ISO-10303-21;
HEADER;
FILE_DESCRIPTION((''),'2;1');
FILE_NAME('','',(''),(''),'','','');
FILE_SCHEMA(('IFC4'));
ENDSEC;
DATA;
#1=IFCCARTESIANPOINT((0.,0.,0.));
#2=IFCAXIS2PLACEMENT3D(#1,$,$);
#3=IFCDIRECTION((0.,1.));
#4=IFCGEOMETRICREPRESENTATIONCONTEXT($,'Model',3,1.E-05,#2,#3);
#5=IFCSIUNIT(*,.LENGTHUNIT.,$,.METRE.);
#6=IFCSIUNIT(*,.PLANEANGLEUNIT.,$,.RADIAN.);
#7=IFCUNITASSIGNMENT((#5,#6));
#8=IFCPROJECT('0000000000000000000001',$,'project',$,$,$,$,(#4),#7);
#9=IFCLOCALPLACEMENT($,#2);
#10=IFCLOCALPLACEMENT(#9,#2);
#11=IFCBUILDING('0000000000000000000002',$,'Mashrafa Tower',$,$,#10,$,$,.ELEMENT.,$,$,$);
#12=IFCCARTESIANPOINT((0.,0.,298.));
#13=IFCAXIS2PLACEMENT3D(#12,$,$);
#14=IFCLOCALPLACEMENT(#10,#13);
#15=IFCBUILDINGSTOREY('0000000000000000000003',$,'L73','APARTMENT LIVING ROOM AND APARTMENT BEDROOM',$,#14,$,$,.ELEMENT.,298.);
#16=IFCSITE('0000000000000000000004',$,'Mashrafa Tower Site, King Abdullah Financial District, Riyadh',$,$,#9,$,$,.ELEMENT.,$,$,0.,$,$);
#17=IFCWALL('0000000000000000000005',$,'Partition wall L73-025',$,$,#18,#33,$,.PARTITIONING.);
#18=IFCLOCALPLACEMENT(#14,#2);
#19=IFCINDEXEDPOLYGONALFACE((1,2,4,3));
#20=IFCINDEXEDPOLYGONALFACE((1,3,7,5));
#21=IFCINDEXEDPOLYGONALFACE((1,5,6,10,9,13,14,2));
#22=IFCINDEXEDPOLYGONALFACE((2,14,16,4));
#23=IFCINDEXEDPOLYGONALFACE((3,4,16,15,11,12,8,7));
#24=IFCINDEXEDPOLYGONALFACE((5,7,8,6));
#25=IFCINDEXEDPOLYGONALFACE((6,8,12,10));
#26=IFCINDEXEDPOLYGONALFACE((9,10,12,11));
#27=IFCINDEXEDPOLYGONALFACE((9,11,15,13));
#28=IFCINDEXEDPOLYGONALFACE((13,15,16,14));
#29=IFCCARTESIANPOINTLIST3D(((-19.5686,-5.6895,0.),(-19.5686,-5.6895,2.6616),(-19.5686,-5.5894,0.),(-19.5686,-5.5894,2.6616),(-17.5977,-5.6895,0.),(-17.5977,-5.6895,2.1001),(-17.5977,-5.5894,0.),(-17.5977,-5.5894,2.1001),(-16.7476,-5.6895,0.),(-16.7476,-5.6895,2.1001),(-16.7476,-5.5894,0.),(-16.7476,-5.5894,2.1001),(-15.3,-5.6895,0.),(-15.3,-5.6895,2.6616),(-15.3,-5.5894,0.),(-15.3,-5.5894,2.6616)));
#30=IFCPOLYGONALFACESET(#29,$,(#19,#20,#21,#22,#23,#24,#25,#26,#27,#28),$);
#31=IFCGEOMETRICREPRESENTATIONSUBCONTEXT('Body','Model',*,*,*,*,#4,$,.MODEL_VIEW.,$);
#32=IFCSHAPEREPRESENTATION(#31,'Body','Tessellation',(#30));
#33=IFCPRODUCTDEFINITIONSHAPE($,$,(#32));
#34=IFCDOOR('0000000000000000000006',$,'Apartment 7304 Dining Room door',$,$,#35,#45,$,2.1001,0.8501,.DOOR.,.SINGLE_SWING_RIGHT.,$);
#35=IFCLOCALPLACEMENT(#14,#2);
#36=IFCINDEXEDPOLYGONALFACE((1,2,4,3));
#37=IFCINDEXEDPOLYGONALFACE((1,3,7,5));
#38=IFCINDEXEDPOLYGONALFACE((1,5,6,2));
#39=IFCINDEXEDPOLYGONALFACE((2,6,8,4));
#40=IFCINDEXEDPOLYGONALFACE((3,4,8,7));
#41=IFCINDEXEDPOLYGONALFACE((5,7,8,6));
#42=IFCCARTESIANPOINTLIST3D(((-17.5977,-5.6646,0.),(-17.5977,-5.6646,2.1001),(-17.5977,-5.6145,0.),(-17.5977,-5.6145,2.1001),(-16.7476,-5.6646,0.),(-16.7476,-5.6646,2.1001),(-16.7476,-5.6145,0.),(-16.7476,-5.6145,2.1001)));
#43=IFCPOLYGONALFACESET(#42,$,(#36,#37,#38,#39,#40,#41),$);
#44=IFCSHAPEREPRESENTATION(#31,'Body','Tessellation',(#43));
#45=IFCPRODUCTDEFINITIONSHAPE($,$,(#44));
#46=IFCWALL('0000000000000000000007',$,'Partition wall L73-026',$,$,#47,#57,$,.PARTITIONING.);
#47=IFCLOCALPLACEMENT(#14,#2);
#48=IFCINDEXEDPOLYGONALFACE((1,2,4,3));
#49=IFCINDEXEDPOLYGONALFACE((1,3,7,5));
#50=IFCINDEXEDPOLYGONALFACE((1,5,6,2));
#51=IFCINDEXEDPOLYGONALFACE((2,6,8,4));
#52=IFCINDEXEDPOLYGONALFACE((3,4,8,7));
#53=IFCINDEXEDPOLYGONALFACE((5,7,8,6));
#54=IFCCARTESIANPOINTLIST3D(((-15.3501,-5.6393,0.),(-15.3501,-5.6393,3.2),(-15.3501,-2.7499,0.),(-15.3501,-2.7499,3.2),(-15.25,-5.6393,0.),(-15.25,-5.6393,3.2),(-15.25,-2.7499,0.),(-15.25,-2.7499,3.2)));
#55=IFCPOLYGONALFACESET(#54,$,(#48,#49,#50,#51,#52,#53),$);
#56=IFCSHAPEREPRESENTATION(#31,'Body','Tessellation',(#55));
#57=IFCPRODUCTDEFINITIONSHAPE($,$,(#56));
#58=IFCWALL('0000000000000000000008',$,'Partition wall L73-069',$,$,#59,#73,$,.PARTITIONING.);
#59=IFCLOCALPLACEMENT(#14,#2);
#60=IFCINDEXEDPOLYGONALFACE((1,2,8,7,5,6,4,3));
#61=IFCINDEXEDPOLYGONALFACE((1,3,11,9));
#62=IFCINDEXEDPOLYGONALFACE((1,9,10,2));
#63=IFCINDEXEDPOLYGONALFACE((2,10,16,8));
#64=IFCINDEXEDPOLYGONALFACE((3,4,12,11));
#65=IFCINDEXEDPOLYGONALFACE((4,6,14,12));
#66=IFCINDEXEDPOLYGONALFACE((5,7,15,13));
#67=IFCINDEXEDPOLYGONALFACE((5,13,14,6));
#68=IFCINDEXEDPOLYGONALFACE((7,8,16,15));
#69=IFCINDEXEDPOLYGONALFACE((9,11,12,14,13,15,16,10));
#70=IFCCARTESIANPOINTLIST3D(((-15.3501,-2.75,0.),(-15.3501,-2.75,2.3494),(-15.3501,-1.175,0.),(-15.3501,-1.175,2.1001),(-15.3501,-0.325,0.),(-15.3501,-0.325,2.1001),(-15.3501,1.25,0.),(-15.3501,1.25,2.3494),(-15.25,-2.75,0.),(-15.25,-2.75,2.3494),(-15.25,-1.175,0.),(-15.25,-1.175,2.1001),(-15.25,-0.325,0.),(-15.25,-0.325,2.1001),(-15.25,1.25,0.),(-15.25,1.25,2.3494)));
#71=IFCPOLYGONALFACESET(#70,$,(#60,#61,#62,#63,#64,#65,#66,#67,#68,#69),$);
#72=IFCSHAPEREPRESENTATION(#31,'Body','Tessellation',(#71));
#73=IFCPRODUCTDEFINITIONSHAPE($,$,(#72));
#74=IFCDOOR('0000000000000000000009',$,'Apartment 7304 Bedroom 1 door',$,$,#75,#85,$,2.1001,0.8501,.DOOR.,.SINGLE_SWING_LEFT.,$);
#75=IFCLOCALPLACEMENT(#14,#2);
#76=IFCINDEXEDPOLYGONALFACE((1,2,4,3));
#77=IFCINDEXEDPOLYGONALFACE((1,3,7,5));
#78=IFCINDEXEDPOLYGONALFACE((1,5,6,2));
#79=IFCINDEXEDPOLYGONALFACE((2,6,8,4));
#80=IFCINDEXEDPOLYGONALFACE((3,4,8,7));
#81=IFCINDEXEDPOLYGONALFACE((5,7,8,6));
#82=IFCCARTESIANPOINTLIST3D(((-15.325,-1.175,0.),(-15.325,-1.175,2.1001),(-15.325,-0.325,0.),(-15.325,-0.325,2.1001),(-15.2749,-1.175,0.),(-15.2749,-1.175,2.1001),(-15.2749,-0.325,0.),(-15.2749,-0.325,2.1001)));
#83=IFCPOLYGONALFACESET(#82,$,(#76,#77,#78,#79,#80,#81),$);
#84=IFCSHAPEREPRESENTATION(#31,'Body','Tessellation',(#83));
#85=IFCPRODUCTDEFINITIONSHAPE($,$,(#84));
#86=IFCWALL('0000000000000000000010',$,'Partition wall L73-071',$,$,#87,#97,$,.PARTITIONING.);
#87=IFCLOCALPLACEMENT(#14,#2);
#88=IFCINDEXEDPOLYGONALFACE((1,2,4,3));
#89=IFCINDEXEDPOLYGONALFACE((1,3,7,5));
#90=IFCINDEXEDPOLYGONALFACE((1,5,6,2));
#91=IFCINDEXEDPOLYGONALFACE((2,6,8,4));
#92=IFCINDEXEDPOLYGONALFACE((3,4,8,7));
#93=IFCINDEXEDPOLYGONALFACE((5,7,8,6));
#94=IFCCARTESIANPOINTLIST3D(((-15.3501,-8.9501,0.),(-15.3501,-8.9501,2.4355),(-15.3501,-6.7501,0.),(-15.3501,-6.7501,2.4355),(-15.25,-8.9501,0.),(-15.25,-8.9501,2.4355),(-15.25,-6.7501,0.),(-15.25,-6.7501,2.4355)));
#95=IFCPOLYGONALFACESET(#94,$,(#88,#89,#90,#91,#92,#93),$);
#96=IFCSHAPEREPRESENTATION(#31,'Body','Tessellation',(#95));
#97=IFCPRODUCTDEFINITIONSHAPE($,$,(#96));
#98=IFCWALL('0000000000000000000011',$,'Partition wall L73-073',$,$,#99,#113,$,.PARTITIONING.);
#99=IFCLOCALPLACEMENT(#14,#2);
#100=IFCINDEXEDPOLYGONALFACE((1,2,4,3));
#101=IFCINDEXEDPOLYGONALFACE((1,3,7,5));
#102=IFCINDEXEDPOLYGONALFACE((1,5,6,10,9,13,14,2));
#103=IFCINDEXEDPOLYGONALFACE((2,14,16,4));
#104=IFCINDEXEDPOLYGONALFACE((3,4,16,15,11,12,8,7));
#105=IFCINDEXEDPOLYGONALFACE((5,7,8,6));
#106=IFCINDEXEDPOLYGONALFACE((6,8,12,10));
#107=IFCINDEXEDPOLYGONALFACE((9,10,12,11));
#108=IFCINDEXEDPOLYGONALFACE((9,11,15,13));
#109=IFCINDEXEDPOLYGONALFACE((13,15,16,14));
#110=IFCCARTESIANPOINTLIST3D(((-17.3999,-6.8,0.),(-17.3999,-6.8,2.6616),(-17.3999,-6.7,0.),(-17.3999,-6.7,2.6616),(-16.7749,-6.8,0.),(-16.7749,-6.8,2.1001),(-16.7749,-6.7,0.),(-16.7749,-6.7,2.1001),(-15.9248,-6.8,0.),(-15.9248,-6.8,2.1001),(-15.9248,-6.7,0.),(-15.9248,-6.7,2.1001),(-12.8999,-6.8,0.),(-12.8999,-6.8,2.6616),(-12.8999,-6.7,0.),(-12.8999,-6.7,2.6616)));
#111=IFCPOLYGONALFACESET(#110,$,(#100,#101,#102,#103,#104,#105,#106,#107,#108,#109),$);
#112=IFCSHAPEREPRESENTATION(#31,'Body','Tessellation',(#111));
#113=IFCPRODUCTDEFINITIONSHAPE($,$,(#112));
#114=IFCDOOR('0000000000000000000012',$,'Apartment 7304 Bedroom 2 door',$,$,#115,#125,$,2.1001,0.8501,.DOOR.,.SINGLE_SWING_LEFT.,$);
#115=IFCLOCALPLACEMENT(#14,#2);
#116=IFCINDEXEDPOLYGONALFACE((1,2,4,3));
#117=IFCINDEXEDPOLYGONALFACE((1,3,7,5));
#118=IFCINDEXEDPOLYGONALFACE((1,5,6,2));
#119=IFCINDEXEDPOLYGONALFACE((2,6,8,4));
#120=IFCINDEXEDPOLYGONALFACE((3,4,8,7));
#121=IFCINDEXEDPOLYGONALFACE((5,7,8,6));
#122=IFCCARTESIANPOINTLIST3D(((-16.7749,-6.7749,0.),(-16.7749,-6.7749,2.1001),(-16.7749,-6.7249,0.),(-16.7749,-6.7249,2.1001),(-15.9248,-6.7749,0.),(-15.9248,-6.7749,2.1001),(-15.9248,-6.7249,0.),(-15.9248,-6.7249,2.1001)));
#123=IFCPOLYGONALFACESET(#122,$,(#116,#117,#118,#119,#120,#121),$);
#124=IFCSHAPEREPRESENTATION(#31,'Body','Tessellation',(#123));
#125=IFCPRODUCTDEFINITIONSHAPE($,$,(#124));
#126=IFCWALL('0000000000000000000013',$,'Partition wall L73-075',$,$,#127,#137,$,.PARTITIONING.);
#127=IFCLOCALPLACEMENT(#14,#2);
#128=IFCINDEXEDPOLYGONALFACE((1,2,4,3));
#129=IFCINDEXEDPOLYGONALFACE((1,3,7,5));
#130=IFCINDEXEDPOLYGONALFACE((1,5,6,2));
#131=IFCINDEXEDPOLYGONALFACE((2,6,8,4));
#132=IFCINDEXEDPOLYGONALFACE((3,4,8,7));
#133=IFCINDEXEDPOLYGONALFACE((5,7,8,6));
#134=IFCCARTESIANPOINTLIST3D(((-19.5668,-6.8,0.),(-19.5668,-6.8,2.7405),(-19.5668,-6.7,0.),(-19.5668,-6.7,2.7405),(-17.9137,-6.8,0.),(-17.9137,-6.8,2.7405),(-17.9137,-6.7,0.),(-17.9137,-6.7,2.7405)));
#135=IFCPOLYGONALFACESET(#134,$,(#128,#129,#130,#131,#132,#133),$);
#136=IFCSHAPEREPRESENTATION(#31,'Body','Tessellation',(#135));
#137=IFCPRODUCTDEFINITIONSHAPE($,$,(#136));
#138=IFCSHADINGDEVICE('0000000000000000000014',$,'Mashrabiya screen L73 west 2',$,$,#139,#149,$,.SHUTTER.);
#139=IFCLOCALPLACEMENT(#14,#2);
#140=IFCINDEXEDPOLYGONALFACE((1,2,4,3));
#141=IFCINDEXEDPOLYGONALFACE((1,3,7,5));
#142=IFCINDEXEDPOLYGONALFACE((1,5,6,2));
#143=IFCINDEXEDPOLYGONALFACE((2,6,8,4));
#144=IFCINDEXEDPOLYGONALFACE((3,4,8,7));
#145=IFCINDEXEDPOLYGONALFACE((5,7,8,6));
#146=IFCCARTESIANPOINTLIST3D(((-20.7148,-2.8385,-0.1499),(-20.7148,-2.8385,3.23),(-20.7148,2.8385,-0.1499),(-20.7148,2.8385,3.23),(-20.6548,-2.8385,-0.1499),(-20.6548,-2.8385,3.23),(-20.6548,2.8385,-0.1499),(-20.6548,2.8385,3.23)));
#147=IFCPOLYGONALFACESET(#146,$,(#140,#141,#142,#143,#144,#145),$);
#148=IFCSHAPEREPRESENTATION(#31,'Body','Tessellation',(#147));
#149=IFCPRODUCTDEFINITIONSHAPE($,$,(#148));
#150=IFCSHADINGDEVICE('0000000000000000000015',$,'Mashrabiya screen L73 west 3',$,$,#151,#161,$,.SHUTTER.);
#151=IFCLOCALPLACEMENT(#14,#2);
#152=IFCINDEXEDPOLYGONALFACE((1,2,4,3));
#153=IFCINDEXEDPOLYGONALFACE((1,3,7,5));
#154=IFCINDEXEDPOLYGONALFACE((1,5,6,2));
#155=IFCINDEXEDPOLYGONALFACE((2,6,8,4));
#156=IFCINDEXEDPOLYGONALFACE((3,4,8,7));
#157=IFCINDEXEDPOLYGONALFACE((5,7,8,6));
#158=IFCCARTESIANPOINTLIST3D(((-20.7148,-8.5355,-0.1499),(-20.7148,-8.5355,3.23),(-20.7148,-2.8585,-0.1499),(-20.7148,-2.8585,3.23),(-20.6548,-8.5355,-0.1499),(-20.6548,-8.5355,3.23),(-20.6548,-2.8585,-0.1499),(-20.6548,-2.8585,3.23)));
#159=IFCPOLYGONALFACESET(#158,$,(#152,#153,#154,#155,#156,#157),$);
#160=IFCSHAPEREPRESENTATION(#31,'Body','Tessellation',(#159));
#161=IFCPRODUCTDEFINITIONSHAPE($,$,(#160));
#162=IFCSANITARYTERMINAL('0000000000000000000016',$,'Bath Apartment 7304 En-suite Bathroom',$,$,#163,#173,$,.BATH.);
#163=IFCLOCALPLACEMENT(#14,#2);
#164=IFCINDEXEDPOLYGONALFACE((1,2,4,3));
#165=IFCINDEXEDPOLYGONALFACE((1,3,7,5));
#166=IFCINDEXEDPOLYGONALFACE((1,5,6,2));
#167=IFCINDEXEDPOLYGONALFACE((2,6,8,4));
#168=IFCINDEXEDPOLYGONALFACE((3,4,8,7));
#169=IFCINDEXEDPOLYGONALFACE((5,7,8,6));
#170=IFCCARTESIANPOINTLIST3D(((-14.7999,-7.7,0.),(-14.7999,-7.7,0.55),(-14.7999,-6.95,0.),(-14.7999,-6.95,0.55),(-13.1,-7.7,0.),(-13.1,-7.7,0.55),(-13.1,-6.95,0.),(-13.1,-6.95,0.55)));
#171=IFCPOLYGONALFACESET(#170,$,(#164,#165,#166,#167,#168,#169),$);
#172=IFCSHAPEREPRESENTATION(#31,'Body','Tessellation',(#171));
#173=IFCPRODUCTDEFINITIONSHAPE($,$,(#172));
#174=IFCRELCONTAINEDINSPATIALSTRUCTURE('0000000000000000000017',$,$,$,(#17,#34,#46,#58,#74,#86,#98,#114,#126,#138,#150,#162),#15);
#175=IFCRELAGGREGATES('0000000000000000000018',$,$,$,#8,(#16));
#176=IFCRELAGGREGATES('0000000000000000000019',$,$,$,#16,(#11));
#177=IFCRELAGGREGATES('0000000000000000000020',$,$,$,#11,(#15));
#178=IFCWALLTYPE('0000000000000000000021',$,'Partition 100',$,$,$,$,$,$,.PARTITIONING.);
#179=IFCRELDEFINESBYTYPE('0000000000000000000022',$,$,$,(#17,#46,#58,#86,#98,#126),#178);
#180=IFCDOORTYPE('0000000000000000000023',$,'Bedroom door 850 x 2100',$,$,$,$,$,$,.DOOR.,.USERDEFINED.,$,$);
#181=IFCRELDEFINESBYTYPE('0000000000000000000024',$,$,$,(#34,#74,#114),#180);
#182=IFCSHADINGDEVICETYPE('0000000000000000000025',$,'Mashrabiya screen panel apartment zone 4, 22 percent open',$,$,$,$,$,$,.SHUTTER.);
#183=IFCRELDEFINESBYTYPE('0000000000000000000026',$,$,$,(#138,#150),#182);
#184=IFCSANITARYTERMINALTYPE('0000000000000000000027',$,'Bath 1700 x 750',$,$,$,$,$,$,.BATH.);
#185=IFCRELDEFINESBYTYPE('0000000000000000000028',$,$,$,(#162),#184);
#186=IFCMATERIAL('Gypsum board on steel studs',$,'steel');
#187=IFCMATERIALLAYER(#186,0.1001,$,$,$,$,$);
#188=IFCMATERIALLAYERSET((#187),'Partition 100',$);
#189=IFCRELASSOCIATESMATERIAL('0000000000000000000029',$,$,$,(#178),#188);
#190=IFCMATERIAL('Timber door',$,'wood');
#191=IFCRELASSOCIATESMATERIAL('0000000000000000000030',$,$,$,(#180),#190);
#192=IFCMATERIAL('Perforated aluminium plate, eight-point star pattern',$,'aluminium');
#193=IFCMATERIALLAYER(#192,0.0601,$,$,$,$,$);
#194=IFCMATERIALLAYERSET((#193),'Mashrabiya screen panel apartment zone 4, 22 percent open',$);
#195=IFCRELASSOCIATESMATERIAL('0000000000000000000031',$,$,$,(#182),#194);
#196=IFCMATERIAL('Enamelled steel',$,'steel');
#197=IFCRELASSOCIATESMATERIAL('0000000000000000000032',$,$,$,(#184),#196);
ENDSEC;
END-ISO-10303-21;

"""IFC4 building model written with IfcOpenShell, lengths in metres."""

from ifc_helpers import new_model, si_unit, direction, frame, frame_2d, origin, origin_2d, place, context, subcontext, project, spatial, rectangle, extrude, source, transform, mapped, material, layer, layer_set, type_object, type_shapes, element, fill, save


model = new_model("IFC4")

# Units and contexts
model_context = context("Model", 3, precision=1e-05, world=origin(), true_north=direction((0.0, 1.0)))
body_context = subcontext(model_context, "Body", "Model", "MODEL_VIEW")
ifc_project = project(units=[si_unit("LENGTHUNIT", "METRE"), si_unit("PLANEANGLEUNIT", "RADIAN")], contexts=[model_context])

# Site, building, storey
site_placement = place(None, origin())
site = spatial("IfcSite", under=ifc_project, at=site_placement, Name="Mashrafa Tower Site, King Abdullah Financial District, Riyadh", CompositionType="ELEMENT", RefElevation=0.0)
building_placement = place(site_placement, origin())
building = spatial("IfcBuilding", under=site, at=building_placement, Name="Mashrafa Tower", CompositionType="ELEMENT")
storey_placement = place(building_placement, frame((0.0, 0.0, 298.0)))
storey = spatial("IfcBuildingStorey", under=building, at=storey_placement, Name="L73", Description="APARTMENT LIVING ROOM AND APARTMENT BEDROOM", CompositionType="ELEMENT", Elevation=298.0)

# Shared definitions
ifc_material_1 = material(Name="Gypsum board on steel studs", Category="steel")
ifc_layer_1 = layer(ifc_material_1, 0.1001)
ifc_layer_set_1 = layer_set([ifc_layer_1], Name="Partition 100")
wall_type_1 = type_object("IfcWallType", Name="Partition 100", PredefinedType="PARTITIONING", material=ifc_layer_set_1)

# Wall, opening, door
wall_1_placement = place(storey_placement, frame((-19.5686, -5.6394, 0.0), z_axis=(0.0, 0.0, 1.0), x_axis=(1.0, 0.0, 0.0)))
wall_1 = element("IfcWall", 1, at=wall_1_placement, inside=storey, type_object=wall_type_1, Name="Partition wall L73-025", PredefinedType="PARTITIONING", context=body_context, shape_type="SweptSolid", body=[
    extrude(rectangle(XDim=4.2686, YDim=0.1001, at=frame_2d((2.1343, 0.0))), origin(), (0.0, 0.0, 1.0), 2.6616),
])
opening_1_placement = place(wall_1_placement, frame((1.9709, 0.0, 0.0)))
opening_1 = element("IfcOpeningElement", 2, at=opening_1_placement, cuts=wall_1, PredefinedType="OPENING", context=body_context, shape_type="SweptSolid", body=[
    extrude(rectangle(XDim=0.8501, YDim=2.1001, at=frame_2d((0.425, 1.05))), frame((0.0, 0.0601, 0.0), z_axis=(0.0, -1.0, 0.0), x_axis=(1.0, 0.0, 0.0)), (0.0, 0.0, 1.0), 0.1201),
])
ifc_material_2 = material(Name="Timber door", Category="wood")
door_type = type_object("IfcDoorType", Name="Bedroom door 850 x 2100", OperationType="USERDEFINED", PredefinedType="DOOR", material=ifc_material_2)
door_1_placement = place(opening_1_placement, origin())
door_1 = element("IfcDoor", 3, at=door_1_placement, inside=storey, type_object=door_type, Name="Apartment 7304 Dining Room door", OperationType="SINGLE_SWING_RIGHT", OverallHeight=2.1001, OverallWidth=0.8501, PredefinedType="DOOR", context=body_context, shape_type="SweptSolid", body=[
    extrude(rectangle(XDim=0.8501, YDim=2.1001, at=frame_2d((0.425, 1.05))), frame((0.0, 0.0249, 0.0), z_axis=(0.0, -1.0, 0.0), x_axis=(1.0, 0.0, 0.0)), (0.0, 0.0, 1.0), 0.05),
])
fill(opening_1, door_1)

# Wall
wall_2_placement = place(storey_placement, frame((-15.3, -5.6394, 0.0), z_axis=(0.0, 0.0, 1.0), x_axis=(0.0, 1.0, 0.0)))
element("IfcWall", 4, at=wall_2_placement, inside=storey, type_object=wall_type_1, Name="Partition wall L73-026", PredefinedType="PARTITIONING", context=body_context, shape_type="SweptSolid", body=[
    extrude(rectangle(XDim=2.8894, YDim=0.1001, at=frame_2d((1.4448, 0.0))), origin(), (0.0, 0.0, 1.0), 3.2),
])

# Wall, opening, door
wall_3_placement = place(storey_placement, frame((-15.3, -2.75, 0.0), z_axis=(0.0, 0.0, 1.0), x_axis=(0.0, 1.0, 0.0)))
wall_3 = element("IfcWall", 5, at=wall_3_placement, inside=storey, type_object=wall_type_1, Name="Partition wall L73-069", PredefinedType="PARTITIONING", context=body_context, shape_type="SweptSolid", body=[
    extrude(rectangle(XDim=4.0, YDim=0.1001, at=frame_2d((2.0, 0.0))), origin(), (0.0, 0.0, 1.0), 2.3494),
])
opening_2_placement = place(wall_3_placement, frame((1.575, 0.0, 0.0)))
opening_2 = element("IfcOpeningElement", 6, at=opening_2_placement, cuts=wall_3, PredefinedType="OPENING", context=body_context, shape_type="SweptSolid", body=[
    extrude(rectangle(XDim=0.8501, YDim=2.1001, at=frame_2d((0.425, 1.05))), frame((0.0, 0.0601, 0.0), z_axis=(0.0, -1.0, 0.0), x_axis=(1.0, 0.0, 0.0)), (0.0, 0.0, 1.0), 0.1201),
])
door_2_placement = place(opening_2_placement, origin())
door_2 = element("IfcDoor", 7, at=door_2_placement, inside=storey, type_object=door_type, Name="Apartment 7304 Bedroom 1 door", OperationType="SINGLE_SWING_LEFT", OverallHeight=2.1001, OverallWidth=0.8501, PredefinedType="DOOR", context=body_context, shape_type="SweptSolid", body=[
    extrude(rectangle(XDim=0.8501, YDim=2.1001, at=frame_2d((0.425, 1.05))), frame((0.0, 0.0249, 0.0), z_axis=(0.0, -1.0, 0.0), x_axis=(1.0, 0.0, 0.0)), (0.0, 0.0, 1.0), 0.05),
])
fill(opening_2, door_2)

# Wall
wall_4_placement = place(storey_placement, frame((-15.3, -6.75, 0.0), z_axis=(0.0, 0.0, 1.0), x_axis=(0.0, -1.0, 0.0)))
element("IfcWall", 8, at=wall_4_placement, inside=storey, type_object=wall_type_1, Name="Partition wall L73-071", PredefinedType="PARTITIONING", context=body_context, shape_type="SweptSolid", body=[
    extrude(rectangle(XDim=2.2, YDim=0.1001, at=frame_2d((1.1001, 0.0))), origin(), (0.0, 0.0, 1.0), 2.4355),
])

# Wall, opening, door
wall_5_placement = place(storey_placement, frame((-12.8999, -6.75, 0.0), z_axis=(0.0, 0.0, 1.0), x_axis=(-1.0, 0.0, 0.0)))
wall_5 = element("IfcWall", 9, at=wall_5_placement, inside=storey, type_object=wall_type_1, Name="Partition wall L73-073", PredefinedType="PARTITIONING", context=body_context, shape_type="SweptSolid", body=[
    extrude(rectangle(XDim=4.5, YDim=0.1001, at=frame_2d((2.25, 0.0))), origin(), (0.0, 0.0, 1.0), 2.6616),
])
opening_3_placement = place(wall_5_placement, frame((3.0249, 0.0, 0.0)))
opening_3 = element("IfcOpeningElement", 10, at=opening_3_placement, cuts=wall_5, PredefinedType="OPENING", context=body_context, shape_type="SweptSolid", body=[
    extrude(rectangle(XDim=0.8501, YDim=2.1001, at=frame_2d((0.425, 1.05))), frame((0.0, 0.0601, 0.0), z_axis=(0.0, -1.0, 0.0), x_axis=(1.0, 0.0, 0.0)), (0.0, 0.0, 1.0), 0.1201),
])
door_3_placement = place(opening_3_placement, origin())
door_3 = element("IfcDoor", 11, at=door_3_placement, inside=storey, type_object=door_type, Name="Apartment 7304 Bedroom 2 door", OperationType="SINGLE_SWING_LEFT", OverallHeight=2.1001, OverallWidth=0.8501, PredefinedType="DOOR", context=body_context, shape_type="SweptSolid", body=[
    extrude(rectangle(XDim=0.8501, YDim=2.1001, at=frame_2d((0.425, 1.05))), frame((0.0, 0.0249, 0.0), z_axis=(0.0, -1.0, 0.0), x_axis=(1.0, 0.0, 0.0)), (0.0, 0.0, 1.0), 0.05),
])
fill(opening_3, door_3)

# Wall
wall_6_placement = place(storey_placement, frame((-17.9136, -6.75, 0.0), z_axis=(0.0, 0.0, 1.0), x_axis=(-1.0, 0.0, 0.0)))
element("IfcWall", 12, at=wall_6_placement, inside=storey, type_object=wall_type_1, Name="Partition wall L73-075", PredefinedType="PARTITIONING", context=body_context, shape_type="SweptSolid", body=[
    extrude(rectangle(XDim=1.6531, YDim=0.1001, at=frame_2d((0.8267, 0.0))), origin(), (0.0, 0.0, 1.0), 2.7405),
])

# Shading devices
ifc_material_3 = material(Name="Perforated aluminium plate, eight-point star pattern", Category="aluminium")
ifc_layer_2 = layer(ifc_material_3, 0.0601)
ifc_layer_set_2 = layer_set([ifc_layer_2], Name="Mashrabiya screen panel apartment zone 4, 22 percent open")
shading_device_type = type_object("IfcShadingDeviceType", Name="Mashrabiya screen panel apartment zone 4, 22 percent open", PredefinedType="SHUTTER", material=ifc_layer_set_2)
shared_shape_1 = source(origin(), body_context, "Body", "SweptSolid", [
    extrude(rectangle(XDim=5.677, YDim=0.0601, at=origin_2d()), origin(), (0.0, 0.0, 1.0), 3.3799),
])
type_shapes(shading_device_type, [shared_shape_1])
for number, where, z_axis, x_axis, name in (
    (13, (-20.6848, 0.0, -0.1499), (0.0, 0.0, 1.0), (0.0, -1.0, 0.0), "Mashrabiya screen L73 west 2"),
    (14, (-20.6848, -5.697, -0.1499), (0.0, 0.0, 1.0), (0.0, -1.0, 0.0), "Mashrabiya screen L73 west 3"),
):
    element("IfcShadingDevice", number, at=place(storey_placement, frame(where, z_axis=z_axis, x_axis=x_axis)), inside=storey, type_object=shading_device_type, Name=name, PredefinedType="SHUTTER", context=body_context, shape_type="MappedRepresentation", body=[
        mapped(shared_shape_1, transform((0.0, 0.0, 0.0))),
    ])

# Sanitary terminal
ifc_material_4 = material(Name="Enamelled steel", Category="steel")
sanitary_terminal_type = type_object("IfcSanitaryTerminalType", Name="Bath 1700 x 750", PredefinedType="BATH", material=ifc_material_4)
sanitary_terminal_placement = place(storey_placement, frame((-13.95, -7.325, 0.0), z_axis=(0.0, 0.0, 1.0), x_axis=(-1.0, 0.0, 0.0)))
element("IfcSanitaryTerminal", 15, at=sanitary_terminal_placement, inside=storey, type_object=sanitary_terminal_type, Name="Bath Apartment 7304 En-suite Bathroom", PredefinedType="BATH", context=body_context, shape_type="SweptSolid", body=[
    extrude(rectangle(XDim=1.7, YDim=0.75, at=origin_2d()), origin(), (0.0, 0.0, 1.0), 0.55),
])

save(model, "model.ifc")
